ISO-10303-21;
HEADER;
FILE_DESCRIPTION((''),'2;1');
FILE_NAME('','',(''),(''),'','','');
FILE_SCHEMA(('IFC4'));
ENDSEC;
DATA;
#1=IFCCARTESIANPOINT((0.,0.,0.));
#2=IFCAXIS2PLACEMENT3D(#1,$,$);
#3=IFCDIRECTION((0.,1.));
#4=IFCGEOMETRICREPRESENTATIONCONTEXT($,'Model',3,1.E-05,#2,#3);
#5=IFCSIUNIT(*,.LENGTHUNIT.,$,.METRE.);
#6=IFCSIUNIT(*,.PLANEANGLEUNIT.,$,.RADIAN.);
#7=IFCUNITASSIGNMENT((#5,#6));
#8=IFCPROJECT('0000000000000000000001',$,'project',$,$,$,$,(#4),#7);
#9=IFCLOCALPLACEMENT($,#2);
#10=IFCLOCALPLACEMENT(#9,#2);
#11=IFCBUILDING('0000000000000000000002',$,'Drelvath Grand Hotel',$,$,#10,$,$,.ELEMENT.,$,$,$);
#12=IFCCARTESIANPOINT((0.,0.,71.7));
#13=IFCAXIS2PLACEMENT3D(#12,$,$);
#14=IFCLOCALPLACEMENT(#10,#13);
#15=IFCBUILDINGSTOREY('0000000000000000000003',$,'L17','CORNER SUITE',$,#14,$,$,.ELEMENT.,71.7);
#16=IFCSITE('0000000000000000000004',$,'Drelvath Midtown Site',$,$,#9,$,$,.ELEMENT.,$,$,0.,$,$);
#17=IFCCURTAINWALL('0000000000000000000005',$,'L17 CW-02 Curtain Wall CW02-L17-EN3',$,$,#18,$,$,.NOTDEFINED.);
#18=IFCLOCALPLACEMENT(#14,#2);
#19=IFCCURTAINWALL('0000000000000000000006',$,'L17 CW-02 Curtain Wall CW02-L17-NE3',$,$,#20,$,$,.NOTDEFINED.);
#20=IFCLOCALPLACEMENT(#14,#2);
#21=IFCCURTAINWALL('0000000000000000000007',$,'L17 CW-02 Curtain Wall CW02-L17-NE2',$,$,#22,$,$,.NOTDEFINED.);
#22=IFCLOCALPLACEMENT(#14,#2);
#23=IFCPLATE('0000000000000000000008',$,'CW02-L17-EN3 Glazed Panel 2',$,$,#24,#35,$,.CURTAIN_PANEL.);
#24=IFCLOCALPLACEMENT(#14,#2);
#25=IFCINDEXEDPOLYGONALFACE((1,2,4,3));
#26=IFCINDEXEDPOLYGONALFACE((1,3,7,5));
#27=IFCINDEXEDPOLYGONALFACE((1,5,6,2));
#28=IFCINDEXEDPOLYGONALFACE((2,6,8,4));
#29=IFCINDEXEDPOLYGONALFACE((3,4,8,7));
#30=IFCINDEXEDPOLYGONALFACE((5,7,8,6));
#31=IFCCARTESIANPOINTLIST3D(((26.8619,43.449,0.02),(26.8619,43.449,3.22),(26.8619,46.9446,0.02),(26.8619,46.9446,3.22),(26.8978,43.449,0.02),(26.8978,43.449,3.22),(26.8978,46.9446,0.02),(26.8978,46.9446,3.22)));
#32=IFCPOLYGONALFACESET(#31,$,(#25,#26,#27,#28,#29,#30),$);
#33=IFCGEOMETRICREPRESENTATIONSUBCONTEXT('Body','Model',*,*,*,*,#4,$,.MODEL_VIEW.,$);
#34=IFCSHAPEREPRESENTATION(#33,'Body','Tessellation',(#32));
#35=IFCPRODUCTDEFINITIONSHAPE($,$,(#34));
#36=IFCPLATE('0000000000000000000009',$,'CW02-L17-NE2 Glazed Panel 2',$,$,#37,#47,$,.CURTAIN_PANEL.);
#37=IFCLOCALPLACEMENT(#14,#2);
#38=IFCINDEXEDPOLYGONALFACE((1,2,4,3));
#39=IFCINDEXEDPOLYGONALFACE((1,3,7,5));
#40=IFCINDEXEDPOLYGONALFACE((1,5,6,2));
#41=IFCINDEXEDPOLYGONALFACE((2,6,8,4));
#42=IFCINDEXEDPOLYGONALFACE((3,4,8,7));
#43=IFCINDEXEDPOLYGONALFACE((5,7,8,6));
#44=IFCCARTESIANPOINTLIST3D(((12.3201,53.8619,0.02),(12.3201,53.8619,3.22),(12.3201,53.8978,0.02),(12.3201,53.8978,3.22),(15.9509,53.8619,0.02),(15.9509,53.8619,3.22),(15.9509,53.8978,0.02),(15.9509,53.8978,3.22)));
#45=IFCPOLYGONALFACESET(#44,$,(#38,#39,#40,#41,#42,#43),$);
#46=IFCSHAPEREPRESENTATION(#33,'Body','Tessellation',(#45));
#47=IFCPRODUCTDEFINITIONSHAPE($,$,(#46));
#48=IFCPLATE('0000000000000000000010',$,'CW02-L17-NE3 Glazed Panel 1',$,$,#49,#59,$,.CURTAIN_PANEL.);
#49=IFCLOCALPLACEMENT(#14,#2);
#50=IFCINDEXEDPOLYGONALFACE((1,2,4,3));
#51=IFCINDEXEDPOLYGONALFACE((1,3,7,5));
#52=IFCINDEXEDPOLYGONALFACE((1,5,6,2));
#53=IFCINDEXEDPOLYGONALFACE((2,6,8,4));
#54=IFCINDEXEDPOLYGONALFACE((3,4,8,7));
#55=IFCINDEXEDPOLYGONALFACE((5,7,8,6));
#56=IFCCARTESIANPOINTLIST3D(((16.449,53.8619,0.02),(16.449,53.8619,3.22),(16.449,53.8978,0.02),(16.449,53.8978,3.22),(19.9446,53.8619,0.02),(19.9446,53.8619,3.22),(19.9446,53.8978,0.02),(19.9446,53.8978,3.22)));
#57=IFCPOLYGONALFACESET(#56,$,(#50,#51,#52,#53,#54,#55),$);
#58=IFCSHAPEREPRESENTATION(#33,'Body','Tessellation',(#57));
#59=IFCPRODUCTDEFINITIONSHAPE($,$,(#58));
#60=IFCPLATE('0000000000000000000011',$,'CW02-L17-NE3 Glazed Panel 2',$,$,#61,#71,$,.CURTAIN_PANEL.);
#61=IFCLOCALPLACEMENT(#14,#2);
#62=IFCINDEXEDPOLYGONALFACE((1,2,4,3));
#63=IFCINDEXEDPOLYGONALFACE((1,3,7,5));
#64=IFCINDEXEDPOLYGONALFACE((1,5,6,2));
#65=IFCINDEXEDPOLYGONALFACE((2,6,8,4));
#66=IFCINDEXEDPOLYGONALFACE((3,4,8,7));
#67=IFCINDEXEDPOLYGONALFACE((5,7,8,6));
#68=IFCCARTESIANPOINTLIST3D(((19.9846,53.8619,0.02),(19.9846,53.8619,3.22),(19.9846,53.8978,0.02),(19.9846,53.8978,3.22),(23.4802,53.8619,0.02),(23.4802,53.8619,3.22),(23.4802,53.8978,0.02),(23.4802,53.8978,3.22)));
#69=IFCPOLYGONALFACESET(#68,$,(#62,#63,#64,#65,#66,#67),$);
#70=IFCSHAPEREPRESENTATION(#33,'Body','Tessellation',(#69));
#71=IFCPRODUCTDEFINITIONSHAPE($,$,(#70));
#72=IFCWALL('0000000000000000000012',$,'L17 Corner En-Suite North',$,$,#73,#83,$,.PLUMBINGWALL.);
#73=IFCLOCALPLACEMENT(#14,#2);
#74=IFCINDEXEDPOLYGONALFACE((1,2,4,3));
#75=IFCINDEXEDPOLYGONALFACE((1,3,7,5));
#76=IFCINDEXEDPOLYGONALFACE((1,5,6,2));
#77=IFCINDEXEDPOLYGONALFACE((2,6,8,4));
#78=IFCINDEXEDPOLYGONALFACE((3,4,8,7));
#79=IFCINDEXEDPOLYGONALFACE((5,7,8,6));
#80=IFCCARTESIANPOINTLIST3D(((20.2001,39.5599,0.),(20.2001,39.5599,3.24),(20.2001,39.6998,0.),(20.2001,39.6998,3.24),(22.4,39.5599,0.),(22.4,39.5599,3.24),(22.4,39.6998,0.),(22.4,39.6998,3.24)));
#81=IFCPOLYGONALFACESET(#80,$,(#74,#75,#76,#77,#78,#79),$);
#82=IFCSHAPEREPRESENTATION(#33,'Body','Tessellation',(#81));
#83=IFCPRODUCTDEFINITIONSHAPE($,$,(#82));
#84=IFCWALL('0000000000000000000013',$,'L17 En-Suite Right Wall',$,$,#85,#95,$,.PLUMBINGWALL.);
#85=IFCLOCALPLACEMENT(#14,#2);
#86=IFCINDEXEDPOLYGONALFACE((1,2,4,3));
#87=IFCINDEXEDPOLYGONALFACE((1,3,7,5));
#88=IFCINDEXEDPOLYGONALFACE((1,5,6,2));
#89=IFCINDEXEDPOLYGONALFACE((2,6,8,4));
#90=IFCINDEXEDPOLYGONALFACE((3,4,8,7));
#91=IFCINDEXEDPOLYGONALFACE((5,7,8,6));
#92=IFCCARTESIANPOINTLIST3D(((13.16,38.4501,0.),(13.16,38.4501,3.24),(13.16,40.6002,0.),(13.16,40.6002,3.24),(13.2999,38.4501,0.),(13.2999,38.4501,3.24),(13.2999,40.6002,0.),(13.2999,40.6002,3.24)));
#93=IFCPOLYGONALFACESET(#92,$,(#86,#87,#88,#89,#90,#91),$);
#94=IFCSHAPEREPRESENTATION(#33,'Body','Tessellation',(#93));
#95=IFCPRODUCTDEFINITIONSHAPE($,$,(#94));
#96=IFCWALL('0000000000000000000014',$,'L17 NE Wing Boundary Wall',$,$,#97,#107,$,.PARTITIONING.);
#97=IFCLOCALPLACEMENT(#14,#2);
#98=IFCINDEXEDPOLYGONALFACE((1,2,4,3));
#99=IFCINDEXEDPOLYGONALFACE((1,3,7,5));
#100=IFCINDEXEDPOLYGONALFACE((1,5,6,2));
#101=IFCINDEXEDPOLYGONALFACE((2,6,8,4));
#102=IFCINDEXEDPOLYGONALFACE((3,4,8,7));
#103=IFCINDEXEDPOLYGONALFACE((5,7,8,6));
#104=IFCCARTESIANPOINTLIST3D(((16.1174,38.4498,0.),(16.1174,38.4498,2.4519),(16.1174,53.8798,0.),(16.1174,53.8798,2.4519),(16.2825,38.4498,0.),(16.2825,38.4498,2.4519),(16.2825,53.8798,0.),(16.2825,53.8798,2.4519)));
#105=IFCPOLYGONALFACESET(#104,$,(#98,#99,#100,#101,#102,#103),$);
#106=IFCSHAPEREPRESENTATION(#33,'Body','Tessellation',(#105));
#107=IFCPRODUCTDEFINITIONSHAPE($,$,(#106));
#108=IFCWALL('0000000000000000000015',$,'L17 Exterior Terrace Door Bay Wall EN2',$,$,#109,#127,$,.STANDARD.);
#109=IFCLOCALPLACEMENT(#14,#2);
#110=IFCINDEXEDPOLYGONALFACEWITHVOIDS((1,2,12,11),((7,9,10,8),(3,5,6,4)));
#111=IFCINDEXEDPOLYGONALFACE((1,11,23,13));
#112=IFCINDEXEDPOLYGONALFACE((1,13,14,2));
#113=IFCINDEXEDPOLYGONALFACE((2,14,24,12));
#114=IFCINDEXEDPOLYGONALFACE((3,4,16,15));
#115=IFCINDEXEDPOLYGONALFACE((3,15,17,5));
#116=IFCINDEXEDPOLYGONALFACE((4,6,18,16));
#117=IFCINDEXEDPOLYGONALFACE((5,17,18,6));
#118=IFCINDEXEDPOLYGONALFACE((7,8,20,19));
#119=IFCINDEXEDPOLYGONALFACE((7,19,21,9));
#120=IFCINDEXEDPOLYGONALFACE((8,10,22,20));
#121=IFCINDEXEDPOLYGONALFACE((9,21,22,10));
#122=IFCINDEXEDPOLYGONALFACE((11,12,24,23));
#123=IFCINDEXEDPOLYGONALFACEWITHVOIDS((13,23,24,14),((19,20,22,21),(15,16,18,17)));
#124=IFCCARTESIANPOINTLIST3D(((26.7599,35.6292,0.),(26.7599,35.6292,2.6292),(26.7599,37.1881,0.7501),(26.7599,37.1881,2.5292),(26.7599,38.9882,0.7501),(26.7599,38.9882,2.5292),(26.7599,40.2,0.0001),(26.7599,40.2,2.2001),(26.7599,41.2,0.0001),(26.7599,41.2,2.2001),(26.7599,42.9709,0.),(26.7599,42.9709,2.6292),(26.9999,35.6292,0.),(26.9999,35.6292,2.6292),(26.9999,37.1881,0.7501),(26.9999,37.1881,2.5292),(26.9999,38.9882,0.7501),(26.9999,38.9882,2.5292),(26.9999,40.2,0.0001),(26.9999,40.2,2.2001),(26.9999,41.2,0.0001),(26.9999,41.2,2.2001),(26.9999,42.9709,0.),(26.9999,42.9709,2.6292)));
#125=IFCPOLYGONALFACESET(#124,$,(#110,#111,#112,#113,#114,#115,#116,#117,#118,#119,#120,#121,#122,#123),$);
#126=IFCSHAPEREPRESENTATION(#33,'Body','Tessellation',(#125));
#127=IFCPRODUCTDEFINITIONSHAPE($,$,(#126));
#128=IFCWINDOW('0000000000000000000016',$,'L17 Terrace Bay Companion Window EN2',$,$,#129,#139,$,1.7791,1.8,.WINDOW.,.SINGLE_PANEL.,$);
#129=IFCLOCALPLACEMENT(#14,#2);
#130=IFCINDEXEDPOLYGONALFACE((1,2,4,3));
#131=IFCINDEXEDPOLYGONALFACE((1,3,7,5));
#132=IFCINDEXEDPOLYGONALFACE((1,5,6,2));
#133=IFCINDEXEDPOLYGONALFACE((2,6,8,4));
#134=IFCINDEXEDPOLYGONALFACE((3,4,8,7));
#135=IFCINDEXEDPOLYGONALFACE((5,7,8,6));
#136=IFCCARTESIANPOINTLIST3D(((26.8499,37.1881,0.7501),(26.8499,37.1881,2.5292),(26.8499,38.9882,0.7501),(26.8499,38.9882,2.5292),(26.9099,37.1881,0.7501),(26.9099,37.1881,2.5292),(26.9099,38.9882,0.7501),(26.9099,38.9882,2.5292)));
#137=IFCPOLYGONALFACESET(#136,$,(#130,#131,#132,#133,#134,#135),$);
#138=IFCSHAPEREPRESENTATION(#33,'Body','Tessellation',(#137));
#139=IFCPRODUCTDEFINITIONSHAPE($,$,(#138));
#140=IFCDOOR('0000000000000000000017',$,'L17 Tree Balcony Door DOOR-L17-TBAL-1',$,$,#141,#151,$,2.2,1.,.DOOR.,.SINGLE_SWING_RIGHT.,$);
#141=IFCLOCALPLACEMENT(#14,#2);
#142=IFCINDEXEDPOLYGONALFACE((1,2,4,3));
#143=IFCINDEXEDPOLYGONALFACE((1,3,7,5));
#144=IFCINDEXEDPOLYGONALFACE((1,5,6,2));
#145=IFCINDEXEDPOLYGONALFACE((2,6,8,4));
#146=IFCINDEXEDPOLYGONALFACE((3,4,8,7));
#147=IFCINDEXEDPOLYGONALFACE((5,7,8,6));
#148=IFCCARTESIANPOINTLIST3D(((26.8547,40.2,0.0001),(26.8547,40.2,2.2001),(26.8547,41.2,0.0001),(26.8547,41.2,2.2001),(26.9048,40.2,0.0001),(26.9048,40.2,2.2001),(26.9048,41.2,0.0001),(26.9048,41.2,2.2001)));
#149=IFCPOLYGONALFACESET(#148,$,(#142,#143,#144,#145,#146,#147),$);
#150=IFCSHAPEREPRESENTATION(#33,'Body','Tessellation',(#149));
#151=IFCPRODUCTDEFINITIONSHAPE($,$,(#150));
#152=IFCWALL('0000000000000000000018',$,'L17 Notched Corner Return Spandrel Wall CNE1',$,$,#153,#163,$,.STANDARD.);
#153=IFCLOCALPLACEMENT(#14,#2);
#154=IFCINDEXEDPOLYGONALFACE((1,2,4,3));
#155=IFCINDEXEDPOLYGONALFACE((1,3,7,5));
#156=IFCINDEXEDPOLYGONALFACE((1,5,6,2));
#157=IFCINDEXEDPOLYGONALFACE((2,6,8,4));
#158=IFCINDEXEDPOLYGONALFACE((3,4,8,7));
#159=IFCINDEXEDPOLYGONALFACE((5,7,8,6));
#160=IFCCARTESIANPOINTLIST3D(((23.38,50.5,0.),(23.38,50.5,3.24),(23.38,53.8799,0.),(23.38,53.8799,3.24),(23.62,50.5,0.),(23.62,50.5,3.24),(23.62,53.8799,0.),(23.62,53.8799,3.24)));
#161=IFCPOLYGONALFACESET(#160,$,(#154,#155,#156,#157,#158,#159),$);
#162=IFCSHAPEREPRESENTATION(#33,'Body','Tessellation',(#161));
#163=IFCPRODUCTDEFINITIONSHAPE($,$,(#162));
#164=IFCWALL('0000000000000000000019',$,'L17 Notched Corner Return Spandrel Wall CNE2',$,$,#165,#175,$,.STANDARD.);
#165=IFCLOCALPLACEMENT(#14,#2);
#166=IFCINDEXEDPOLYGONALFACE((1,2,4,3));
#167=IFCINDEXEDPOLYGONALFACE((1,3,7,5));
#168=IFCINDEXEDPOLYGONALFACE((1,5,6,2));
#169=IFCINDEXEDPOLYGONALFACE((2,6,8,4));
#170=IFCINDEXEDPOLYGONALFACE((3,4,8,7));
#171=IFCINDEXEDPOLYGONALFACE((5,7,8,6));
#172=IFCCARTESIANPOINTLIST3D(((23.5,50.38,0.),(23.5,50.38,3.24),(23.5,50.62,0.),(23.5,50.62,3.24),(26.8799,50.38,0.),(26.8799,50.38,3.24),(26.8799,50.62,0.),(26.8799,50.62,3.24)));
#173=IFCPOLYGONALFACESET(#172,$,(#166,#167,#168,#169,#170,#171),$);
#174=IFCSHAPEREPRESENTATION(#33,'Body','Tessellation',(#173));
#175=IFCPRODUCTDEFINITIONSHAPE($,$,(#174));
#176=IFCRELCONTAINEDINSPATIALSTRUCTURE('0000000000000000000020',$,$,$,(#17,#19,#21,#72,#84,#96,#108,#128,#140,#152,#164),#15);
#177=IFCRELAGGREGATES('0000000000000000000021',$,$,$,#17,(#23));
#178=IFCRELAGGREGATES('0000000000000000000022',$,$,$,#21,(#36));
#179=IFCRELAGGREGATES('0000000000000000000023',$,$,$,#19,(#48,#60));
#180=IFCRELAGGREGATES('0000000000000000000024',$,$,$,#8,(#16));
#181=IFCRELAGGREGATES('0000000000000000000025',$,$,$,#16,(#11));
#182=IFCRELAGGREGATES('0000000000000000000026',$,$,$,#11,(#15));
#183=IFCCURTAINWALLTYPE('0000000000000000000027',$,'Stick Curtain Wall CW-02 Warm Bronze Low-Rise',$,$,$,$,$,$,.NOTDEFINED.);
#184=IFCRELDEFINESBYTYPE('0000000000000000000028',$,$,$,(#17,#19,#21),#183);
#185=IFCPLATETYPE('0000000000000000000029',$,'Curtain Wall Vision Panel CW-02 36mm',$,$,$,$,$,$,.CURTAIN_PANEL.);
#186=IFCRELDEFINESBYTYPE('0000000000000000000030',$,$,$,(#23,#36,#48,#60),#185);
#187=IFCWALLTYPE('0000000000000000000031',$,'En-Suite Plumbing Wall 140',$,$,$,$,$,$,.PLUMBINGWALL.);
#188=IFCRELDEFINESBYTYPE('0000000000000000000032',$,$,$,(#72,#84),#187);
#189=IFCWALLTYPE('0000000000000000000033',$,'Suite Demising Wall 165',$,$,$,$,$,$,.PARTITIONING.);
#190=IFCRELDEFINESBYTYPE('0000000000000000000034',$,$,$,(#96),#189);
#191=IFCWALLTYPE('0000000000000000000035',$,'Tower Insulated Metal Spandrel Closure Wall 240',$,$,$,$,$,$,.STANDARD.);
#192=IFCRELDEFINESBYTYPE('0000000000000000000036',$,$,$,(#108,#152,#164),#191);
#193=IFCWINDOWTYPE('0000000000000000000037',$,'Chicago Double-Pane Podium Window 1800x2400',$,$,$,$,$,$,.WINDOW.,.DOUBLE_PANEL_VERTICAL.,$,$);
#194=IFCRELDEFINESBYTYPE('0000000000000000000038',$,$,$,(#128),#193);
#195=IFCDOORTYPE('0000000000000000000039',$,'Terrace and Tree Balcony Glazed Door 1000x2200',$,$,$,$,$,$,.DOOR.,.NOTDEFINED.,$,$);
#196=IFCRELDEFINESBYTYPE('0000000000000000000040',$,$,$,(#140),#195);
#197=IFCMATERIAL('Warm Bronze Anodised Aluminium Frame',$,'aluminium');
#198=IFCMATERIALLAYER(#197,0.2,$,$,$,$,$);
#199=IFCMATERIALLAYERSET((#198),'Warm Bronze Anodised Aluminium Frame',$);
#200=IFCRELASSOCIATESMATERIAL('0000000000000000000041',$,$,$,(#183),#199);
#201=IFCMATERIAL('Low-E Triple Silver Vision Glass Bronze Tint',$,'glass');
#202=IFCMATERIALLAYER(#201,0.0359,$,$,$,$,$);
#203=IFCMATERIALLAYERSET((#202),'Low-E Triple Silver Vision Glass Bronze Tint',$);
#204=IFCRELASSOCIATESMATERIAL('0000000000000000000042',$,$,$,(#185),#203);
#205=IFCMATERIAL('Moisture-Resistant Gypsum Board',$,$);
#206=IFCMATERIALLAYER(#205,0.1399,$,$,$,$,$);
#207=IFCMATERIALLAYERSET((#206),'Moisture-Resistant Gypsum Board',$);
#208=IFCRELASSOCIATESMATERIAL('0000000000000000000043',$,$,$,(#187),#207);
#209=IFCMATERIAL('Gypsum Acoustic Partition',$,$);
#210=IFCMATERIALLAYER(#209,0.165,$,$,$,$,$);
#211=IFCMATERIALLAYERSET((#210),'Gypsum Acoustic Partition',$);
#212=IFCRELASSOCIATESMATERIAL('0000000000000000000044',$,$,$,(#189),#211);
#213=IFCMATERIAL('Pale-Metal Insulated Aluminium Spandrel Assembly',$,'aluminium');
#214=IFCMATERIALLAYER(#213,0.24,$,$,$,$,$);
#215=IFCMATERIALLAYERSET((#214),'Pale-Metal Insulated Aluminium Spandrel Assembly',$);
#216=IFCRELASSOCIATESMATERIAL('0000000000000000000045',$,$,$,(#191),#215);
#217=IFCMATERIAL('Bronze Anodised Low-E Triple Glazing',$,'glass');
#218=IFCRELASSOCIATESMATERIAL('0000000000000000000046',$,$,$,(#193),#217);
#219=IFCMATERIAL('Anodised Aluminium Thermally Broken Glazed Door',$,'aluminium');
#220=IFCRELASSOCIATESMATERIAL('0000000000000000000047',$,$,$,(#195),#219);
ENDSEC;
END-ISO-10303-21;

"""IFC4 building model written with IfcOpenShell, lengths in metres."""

from ifc_helpers import new_model, si_unit, direction, frame, frame_2d, origin, origin_2d, place, context, subcontext, project, spatial, rectangle, extrude, material, layer, layer_set, type_object, element, fill, aggregate, save


model = new_model("IFC4")

# Units and contexts
model_context = context("Model", 3, precision=1e-05, world=origin(), true_north=direction((0.0, 1.0)))
body_context = subcontext(model_context, "Body", "Model", "MODEL_VIEW")
ifc_project = project(units=[si_unit("LENGTHUNIT", "METRE"), si_unit("PLANEANGLEUNIT", "RADIAN")], contexts=[model_context])

# Site, building, storey
site_placement = place(None, origin())
site = spatial("IfcSite", under=ifc_project, at=site_placement, Name="Drelvath Midtown Site", CompositionType="ELEMENT", RefElevation=0.0)
building_placement = place(site_placement, origin())
building = spatial("IfcBuilding", under=site, at=building_placement, Name="Drelvath Grand Hotel", CompositionType="ELEMENT")
storey_placement = place(building_placement, frame((0.0, 0.0, 71.7)))
storey = spatial("IfcBuildingStorey", under=building, at=storey_placement, Name="L17", Description="CORNER SUITE", CompositionType="ELEMENT", Elevation=71.7)

# Curtain walls
ifc_material_1 = material(Name="Warm Bronze Anodised Aluminium Frame", Category="aluminium")
ifc_layer_1 = layer(ifc_material_1, 0.2)
ifc_layer_set_1 = layer_set([ifc_layer_1], Name="Warm Bronze Anodised Aluminium Frame")
curtain_wall_type = type_object("IfcCurtainWallType", Name="Stick Curtain Wall CW-02 Warm Bronze Low-Rise", PredefinedType="NOTDEFINED", material=ifc_layer_set_1)
curtain_wall_1_placement = place(storey_placement, origin())
curtain_wall_1 = element("IfcCurtainWall", 1, at=curtain_wall_1_placement, inside=storey, type_object=curtain_wall_type, Name="L17 CW-02 Curtain Wall CW02-L17-EN3", PredefinedType="NOTDEFINED")
curtain_wall_2_placement = place(storey_placement, origin())
curtain_wall_2 = element("IfcCurtainWall", 2, at=curtain_wall_2_placement, inside=storey, type_object=curtain_wall_type, Name="L17 CW-02 Curtain Wall CW02-L17-NE3", PredefinedType="NOTDEFINED")

# Curtain wall
curtain_wall_3_placement = place(storey_placement, origin())
curtain_wall_3 = element("IfcCurtainWall", 3, at=curtain_wall_3_placement, inside=storey, type_object=curtain_wall_type, Name="L17 CW-02 Curtain Wall CW02-L17-NE2", PredefinedType="NOTDEFINED")

# Plates
ifc_material_2 = material(Name="Low-E Triple Silver Vision Glass Bronze Tint", Category="glass")
ifc_layer_2 = layer(ifc_material_2, 0.0359)
ifc_layer_set_2 = layer_set([ifc_layer_2], Name="Low-E Triple Silver Vision Glass Bronze Tint")
plate_type = type_object("IfcPlateType", Name="Curtain Wall Vision Panel CW-02 36mm", PredefinedType="CURTAIN_PANEL", material=ifc_layer_set_2)
plate_1_placement = place(storey_placement, frame((26.8799, 45.1968, 0.02), z_axis=(0.0, 0.0, 1.0), x_axis=(0.0, -1.0, 0.0)))
plate_1 = element("IfcPlate", 4, at=plate_1_placement, type_object=plate_type, Name="CW02-L17-EN3 Glazed Panel 2", PredefinedType="CURTAIN_PANEL", context=body_context, shape_type="SweptSolid", body=[
    extrude(rectangle(XDim=3.4956, YDim=0.0359, at=origin_2d()), origin(), (0.0, 0.0, 1.0), 3.2),
])
aggregate(curtain_wall_1, [plate_1])
plate_2_placement = place(storey_placement, frame((14.1355, 53.8799, 0.02), z_axis=(0.0, 0.0, 1.0), x_axis=(1.0, 0.0, 0.0)))
plate_2 = element("IfcPlate", 5, at=plate_2_placement, type_object=plate_type, Name="CW02-L17-NE2 Glazed Panel 2", PredefinedType="CURTAIN_PANEL", context=body_context, shape_type="SweptSolid", body=[
    extrude(rectangle(XDim=3.6309, YDim=0.0359, at=origin_2d()), origin(), (0.0, 0.0, 1.0), 3.2),
])
aggregate(curtain_wall_3, [plate_2])
plate_3_placement = place(storey_placement, frame((18.1968, 53.8799, 0.02), z_axis=(0.0, 0.0, 1.0), x_axis=(1.0, 0.0, 0.0)))
plate_3 = element("IfcPlate", 6, at=plate_3_placement, type_object=plate_type, Name="CW02-L17-NE3 Glazed Panel 1", PredefinedType="CURTAIN_PANEL", context=body_context, shape_type="SweptSolid", body=[
    extrude(rectangle(XDim=3.4956, YDim=0.0359, at=origin_2d()), origin(), (0.0, 0.0, 1.0), 3.2),
])
plate_4_placement = place(storey_placement, frame((21.7324, 53.8799, 0.02), z_axis=(0.0, 0.0, 1.0), x_axis=(1.0, 0.0, 0.0)))
plate_4 = element("IfcPlate", 7, at=plate_4_placement, type_object=plate_type, Name="CW02-L17-NE3 Glazed Panel 2", PredefinedType="CURTAIN_PANEL", context=body_context, shape_type="SweptSolid", body=[
    extrude(rectangle(XDim=3.4956, YDim=0.0359, at=origin_2d()), origin(), (0.0, 0.0, 1.0), 3.2),
])
aggregate(curtain_wall_2, [plate_3, plate_4])

# Walls
ifc_material_3 = material(Name="Moisture-Resistant Gypsum Board")
ifc_layer_3 = layer(ifc_material_3, 0.1399)
ifc_layer_set_3 = layer_set([ifc_layer_3], Name="Moisture-Resistant Gypsum Board")
wall_type_1 = type_object("IfcWallType", Name="En-Suite Plumbing Wall 140", PredefinedType="PLUMBINGWALL", material=ifc_layer_set_3)
wall_1_placement = place(storey_placement, frame((20.2, 39.6299, 0.0), z_axis=(0.0, 0.0, 1.0), x_axis=(1.0, 0.0, 0.0)))
element("IfcWall", 8, at=wall_1_placement, inside=storey, type_object=wall_type_1, Name="L17 Corner En-Suite North", PredefinedType="PLUMBINGWALL", context=body_context, shape_type="SweptSolid", body=[
    extrude(rectangle(XDim=2.2, YDim=0.1399, at=frame_2d((1.1001, 0.0))), origin(), (0.0, 0.0, 1.0), 3.24),
])
wall_2_placement = place(storey_placement, frame((13.23, 38.45, 0.0), z_axis=(0.0, 0.0, 1.0), x_axis=(0.0, 1.0, 0.0)))
element("IfcWall", 9, at=wall_2_placement, inside=storey, type_object=wall_type_1, Name="L17 En-Suite Right Wall", PredefinedType="PLUMBINGWALL", context=body_context, shape_type="SweptSolid", body=[
    extrude(rectangle(XDim=2.1501, YDim=0.1399, at=frame_2d((1.0752, 0.0))), origin(), (0.0, 0.0, 1.0), 3.24),
])
ifc_material_4 = material(Name="Gypsum Acoustic Partition")
ifc_layer_4 = layer(ifc_material_4, 0.165)
ifc_layer_set_4 = layer_set([ifc_layer_4], Name="Gypsum Acoustic Partition")
wall_type_2 = type_object("IfcWallType", Name="Suite Demising Wall 165", PredefinedType="PARTITIONING", material=ifc_layer_set_4)
wall_3_placement = place(storey_placement, frame((16.2, 38.45, 0.0), z_axis=(0.0, 0.0, 1.0), x_axis=(0.0, 1.0, 0.0)))
element("IfcWall", 10, at=wall_3_placement, inside=storey, type_object=wall_type_2, Name="L17 NE Wing Boundary Wall", PredefinedType="PARTITIONING", context=body_context, shape_type="SweptSolid", body=[
    extrude(rectangle(XDim=15.4299, YDim=0.165, at=frame_2d((7.7148, 0.0))), origin(), (0.0, 0.0, 1.0), 2.4519),
])

# Wall, openings, window, door
ifc_material_5 = material(Name="Pale-Metal Insulated Aluminium Spandrel Assembly", Category="aluminium")
ifc_layer_5 = layer(ifc_material_5, 0.24)
ifc_layer_set_5 = layer_set([ifc_layer_5], Name="Pale-Metal Insulated Aluminium Spandrel Assembly")
wall_type_3 = type_object("IfcWallType", Name="Tower Insulated Metal Spandrel Closure Wall 240", PredefinedType="STANDARD", material=ifc_layer_set_5)
wall_4_placement = place(storey_placement, frame((26.8799, 42.9709, 0.0), z_axis=(0.0, 0.0, 1.0), x_axis=(0.0, -1.0, 0.0)))
wall_4 = element("IfcWall", 11, at=wall_4_placement, inside=storey, type_object=wall_type_3, Name="L17 Exterior Terrace Door Bay Wall EN2", PredefinedType="STANDARD", context=body_context, shape_type="SweptSolid", body=[
    extrude(rectangle(XDim=7.3418, YDim=0.24, at=frame_2d((3.6709, 0.0))), origin(), (0.0, 0.0, 1.0), 2.6292),
])
opening_1_placement = place(wall_4_placement, frame((1.771, 0.0, 0.0)))
opening_1 = element("IfcOpeningElement", 12, at=opening_1_placement, cuts=wall_4, PredefinedType="OPENING", context=body_context, shape_type="SweptSolid", body=[
    extrude(rectangle(XDim=1.0, YDim=2.2, at=frame_2d((0.5, 1.1001))), frame((0.0, 0.1299, 0.0), z_axis=(0.0, -1.0, 0.0), x_axis=(1.0, 0.0, 0.0)), (0.0, 0.0, 1.0), 0.26),
])
opening_2_placement = place(wall_4_placement, frame((3.9829, 0.0, 0.75)))
opening_2 = element("IfcOpeningElement", 13, at=opening_2_placement, cuts=wall_4, PredefinedType="OPENING", context=body_context, shape_type="SweptSolid", body=[
    extrude(rectangle(XDim=1.8, YDim=1.7791, at=frame_2d((0.8999, 0.8896))), frame((0.0, 0.1299, 0.0), z_axis=(0.0, -1.0, 0.0), x_axis=(1.0, 0.0, 0.0)), (0.0, 0.0, 1.0), 0.26),
])
ifc_material_6 = material(Name="Bronze Anodised Low-E Triple Glazing", Category="glass")
window_type = type_object("IfcWindowType", Name="Chicago Double-Pane Podium Window 1800x2400", PartitioningType="DOUBLE_PANEL_VERTICAL", PredefinedType="WINDOW", material=ifc_material_6)
window_placement = place(opening_2_placement, origin())
window = element("IfcWindow", 14, at=window_placement, inside=storey, type_object=window_type, Name="L17 Terrace Bay Companion Window EN2", OverallHeight=1.7791, OverallWidth=1.8, PartitioningType="SINGLE_PANEL", PredefinedType="WINDOW", context=body_context, shape_type="SweptSolid", body=[
    extrude(rectangle(XDim=1.8, YDim=1.7791, at=frame_2d((0.8999, 0.8896))), frame((0.0, 0.03, 0.0), z_axis=(0.0, -1.0, 0.0), x_axis=(1.0, 0.0, 0.0)), (0.0, 0.0, 1.0), 0.0601),
])
fill(opening_2, window)
ifc_material_7 = material(Name="Anodised Aluminium Thermally Broken Glazed Door", Category="aluminium")
door_type = type_object("IfcDoorType", Name="Terrace and Tree Balcony Glazed Door 1000x2200", OperationType="NOTDEFINED", PredefinedType="DOOR", material=ifc_material_7)
door_placement = place(opening_1_placement, origin())
door = element("IfcDoor", 15, at=door_placement, inside=storey, type_object=door_type, Name="L17 Tree Balcony Door DOOR-L17-TBAL-1", OperationType="SINGLE_SWING_RIGHT", OverallHeight=2.2, OverallWidth=1.0, PredefinedType="DOOR", context=body_context, shape_type="SweptSolid", body=[
    extrude(rectangle(XDim=1.0, YDim=2.2, at=frame_2d((0.5, 1.1001))), frame((0.0, 0.0249, 0.0), z_axis=(0.0, -1.0, 0.0), x_axis=(1.0, 0.0, 0.0)), (0.0, 0.0, 1.0), 0.05),
])
fill(opening_1, door)

# Walls
for number, where, z_axis, x_axis, name in (
    (16, (23.5, 53.8799, 0.0), (0.0, 0.0, 1.0), (0.0, -1.0, 0.0), "L17 Notched Corner Return Spandrel Wall CNE1"),
    (17, (23.5, 50.5, 0.0), (0.0, 0.0, 1.0), (1.0, 0.0, 0.0), "L17 Notched Corner Return Spandrel Wall CNE2"),
):
    element("IfcWall", number, at=place(storey_placement, frame(where, z_axis=z_axis, x_axis=x_axis)), inside=storey, type_object=wall_type_3, Name=name, PredefinedType="STANDARD", context=body_context, shape_type="SweptSolid", body=[
        extrude(rectangle(XDim=3.3799, YDim=0.24, at=frame_2d((1.6899, 0.0))), origin(), (0.0, 0.0, 1.0), 3.24),
    ])

save(model, "model.ifc")
